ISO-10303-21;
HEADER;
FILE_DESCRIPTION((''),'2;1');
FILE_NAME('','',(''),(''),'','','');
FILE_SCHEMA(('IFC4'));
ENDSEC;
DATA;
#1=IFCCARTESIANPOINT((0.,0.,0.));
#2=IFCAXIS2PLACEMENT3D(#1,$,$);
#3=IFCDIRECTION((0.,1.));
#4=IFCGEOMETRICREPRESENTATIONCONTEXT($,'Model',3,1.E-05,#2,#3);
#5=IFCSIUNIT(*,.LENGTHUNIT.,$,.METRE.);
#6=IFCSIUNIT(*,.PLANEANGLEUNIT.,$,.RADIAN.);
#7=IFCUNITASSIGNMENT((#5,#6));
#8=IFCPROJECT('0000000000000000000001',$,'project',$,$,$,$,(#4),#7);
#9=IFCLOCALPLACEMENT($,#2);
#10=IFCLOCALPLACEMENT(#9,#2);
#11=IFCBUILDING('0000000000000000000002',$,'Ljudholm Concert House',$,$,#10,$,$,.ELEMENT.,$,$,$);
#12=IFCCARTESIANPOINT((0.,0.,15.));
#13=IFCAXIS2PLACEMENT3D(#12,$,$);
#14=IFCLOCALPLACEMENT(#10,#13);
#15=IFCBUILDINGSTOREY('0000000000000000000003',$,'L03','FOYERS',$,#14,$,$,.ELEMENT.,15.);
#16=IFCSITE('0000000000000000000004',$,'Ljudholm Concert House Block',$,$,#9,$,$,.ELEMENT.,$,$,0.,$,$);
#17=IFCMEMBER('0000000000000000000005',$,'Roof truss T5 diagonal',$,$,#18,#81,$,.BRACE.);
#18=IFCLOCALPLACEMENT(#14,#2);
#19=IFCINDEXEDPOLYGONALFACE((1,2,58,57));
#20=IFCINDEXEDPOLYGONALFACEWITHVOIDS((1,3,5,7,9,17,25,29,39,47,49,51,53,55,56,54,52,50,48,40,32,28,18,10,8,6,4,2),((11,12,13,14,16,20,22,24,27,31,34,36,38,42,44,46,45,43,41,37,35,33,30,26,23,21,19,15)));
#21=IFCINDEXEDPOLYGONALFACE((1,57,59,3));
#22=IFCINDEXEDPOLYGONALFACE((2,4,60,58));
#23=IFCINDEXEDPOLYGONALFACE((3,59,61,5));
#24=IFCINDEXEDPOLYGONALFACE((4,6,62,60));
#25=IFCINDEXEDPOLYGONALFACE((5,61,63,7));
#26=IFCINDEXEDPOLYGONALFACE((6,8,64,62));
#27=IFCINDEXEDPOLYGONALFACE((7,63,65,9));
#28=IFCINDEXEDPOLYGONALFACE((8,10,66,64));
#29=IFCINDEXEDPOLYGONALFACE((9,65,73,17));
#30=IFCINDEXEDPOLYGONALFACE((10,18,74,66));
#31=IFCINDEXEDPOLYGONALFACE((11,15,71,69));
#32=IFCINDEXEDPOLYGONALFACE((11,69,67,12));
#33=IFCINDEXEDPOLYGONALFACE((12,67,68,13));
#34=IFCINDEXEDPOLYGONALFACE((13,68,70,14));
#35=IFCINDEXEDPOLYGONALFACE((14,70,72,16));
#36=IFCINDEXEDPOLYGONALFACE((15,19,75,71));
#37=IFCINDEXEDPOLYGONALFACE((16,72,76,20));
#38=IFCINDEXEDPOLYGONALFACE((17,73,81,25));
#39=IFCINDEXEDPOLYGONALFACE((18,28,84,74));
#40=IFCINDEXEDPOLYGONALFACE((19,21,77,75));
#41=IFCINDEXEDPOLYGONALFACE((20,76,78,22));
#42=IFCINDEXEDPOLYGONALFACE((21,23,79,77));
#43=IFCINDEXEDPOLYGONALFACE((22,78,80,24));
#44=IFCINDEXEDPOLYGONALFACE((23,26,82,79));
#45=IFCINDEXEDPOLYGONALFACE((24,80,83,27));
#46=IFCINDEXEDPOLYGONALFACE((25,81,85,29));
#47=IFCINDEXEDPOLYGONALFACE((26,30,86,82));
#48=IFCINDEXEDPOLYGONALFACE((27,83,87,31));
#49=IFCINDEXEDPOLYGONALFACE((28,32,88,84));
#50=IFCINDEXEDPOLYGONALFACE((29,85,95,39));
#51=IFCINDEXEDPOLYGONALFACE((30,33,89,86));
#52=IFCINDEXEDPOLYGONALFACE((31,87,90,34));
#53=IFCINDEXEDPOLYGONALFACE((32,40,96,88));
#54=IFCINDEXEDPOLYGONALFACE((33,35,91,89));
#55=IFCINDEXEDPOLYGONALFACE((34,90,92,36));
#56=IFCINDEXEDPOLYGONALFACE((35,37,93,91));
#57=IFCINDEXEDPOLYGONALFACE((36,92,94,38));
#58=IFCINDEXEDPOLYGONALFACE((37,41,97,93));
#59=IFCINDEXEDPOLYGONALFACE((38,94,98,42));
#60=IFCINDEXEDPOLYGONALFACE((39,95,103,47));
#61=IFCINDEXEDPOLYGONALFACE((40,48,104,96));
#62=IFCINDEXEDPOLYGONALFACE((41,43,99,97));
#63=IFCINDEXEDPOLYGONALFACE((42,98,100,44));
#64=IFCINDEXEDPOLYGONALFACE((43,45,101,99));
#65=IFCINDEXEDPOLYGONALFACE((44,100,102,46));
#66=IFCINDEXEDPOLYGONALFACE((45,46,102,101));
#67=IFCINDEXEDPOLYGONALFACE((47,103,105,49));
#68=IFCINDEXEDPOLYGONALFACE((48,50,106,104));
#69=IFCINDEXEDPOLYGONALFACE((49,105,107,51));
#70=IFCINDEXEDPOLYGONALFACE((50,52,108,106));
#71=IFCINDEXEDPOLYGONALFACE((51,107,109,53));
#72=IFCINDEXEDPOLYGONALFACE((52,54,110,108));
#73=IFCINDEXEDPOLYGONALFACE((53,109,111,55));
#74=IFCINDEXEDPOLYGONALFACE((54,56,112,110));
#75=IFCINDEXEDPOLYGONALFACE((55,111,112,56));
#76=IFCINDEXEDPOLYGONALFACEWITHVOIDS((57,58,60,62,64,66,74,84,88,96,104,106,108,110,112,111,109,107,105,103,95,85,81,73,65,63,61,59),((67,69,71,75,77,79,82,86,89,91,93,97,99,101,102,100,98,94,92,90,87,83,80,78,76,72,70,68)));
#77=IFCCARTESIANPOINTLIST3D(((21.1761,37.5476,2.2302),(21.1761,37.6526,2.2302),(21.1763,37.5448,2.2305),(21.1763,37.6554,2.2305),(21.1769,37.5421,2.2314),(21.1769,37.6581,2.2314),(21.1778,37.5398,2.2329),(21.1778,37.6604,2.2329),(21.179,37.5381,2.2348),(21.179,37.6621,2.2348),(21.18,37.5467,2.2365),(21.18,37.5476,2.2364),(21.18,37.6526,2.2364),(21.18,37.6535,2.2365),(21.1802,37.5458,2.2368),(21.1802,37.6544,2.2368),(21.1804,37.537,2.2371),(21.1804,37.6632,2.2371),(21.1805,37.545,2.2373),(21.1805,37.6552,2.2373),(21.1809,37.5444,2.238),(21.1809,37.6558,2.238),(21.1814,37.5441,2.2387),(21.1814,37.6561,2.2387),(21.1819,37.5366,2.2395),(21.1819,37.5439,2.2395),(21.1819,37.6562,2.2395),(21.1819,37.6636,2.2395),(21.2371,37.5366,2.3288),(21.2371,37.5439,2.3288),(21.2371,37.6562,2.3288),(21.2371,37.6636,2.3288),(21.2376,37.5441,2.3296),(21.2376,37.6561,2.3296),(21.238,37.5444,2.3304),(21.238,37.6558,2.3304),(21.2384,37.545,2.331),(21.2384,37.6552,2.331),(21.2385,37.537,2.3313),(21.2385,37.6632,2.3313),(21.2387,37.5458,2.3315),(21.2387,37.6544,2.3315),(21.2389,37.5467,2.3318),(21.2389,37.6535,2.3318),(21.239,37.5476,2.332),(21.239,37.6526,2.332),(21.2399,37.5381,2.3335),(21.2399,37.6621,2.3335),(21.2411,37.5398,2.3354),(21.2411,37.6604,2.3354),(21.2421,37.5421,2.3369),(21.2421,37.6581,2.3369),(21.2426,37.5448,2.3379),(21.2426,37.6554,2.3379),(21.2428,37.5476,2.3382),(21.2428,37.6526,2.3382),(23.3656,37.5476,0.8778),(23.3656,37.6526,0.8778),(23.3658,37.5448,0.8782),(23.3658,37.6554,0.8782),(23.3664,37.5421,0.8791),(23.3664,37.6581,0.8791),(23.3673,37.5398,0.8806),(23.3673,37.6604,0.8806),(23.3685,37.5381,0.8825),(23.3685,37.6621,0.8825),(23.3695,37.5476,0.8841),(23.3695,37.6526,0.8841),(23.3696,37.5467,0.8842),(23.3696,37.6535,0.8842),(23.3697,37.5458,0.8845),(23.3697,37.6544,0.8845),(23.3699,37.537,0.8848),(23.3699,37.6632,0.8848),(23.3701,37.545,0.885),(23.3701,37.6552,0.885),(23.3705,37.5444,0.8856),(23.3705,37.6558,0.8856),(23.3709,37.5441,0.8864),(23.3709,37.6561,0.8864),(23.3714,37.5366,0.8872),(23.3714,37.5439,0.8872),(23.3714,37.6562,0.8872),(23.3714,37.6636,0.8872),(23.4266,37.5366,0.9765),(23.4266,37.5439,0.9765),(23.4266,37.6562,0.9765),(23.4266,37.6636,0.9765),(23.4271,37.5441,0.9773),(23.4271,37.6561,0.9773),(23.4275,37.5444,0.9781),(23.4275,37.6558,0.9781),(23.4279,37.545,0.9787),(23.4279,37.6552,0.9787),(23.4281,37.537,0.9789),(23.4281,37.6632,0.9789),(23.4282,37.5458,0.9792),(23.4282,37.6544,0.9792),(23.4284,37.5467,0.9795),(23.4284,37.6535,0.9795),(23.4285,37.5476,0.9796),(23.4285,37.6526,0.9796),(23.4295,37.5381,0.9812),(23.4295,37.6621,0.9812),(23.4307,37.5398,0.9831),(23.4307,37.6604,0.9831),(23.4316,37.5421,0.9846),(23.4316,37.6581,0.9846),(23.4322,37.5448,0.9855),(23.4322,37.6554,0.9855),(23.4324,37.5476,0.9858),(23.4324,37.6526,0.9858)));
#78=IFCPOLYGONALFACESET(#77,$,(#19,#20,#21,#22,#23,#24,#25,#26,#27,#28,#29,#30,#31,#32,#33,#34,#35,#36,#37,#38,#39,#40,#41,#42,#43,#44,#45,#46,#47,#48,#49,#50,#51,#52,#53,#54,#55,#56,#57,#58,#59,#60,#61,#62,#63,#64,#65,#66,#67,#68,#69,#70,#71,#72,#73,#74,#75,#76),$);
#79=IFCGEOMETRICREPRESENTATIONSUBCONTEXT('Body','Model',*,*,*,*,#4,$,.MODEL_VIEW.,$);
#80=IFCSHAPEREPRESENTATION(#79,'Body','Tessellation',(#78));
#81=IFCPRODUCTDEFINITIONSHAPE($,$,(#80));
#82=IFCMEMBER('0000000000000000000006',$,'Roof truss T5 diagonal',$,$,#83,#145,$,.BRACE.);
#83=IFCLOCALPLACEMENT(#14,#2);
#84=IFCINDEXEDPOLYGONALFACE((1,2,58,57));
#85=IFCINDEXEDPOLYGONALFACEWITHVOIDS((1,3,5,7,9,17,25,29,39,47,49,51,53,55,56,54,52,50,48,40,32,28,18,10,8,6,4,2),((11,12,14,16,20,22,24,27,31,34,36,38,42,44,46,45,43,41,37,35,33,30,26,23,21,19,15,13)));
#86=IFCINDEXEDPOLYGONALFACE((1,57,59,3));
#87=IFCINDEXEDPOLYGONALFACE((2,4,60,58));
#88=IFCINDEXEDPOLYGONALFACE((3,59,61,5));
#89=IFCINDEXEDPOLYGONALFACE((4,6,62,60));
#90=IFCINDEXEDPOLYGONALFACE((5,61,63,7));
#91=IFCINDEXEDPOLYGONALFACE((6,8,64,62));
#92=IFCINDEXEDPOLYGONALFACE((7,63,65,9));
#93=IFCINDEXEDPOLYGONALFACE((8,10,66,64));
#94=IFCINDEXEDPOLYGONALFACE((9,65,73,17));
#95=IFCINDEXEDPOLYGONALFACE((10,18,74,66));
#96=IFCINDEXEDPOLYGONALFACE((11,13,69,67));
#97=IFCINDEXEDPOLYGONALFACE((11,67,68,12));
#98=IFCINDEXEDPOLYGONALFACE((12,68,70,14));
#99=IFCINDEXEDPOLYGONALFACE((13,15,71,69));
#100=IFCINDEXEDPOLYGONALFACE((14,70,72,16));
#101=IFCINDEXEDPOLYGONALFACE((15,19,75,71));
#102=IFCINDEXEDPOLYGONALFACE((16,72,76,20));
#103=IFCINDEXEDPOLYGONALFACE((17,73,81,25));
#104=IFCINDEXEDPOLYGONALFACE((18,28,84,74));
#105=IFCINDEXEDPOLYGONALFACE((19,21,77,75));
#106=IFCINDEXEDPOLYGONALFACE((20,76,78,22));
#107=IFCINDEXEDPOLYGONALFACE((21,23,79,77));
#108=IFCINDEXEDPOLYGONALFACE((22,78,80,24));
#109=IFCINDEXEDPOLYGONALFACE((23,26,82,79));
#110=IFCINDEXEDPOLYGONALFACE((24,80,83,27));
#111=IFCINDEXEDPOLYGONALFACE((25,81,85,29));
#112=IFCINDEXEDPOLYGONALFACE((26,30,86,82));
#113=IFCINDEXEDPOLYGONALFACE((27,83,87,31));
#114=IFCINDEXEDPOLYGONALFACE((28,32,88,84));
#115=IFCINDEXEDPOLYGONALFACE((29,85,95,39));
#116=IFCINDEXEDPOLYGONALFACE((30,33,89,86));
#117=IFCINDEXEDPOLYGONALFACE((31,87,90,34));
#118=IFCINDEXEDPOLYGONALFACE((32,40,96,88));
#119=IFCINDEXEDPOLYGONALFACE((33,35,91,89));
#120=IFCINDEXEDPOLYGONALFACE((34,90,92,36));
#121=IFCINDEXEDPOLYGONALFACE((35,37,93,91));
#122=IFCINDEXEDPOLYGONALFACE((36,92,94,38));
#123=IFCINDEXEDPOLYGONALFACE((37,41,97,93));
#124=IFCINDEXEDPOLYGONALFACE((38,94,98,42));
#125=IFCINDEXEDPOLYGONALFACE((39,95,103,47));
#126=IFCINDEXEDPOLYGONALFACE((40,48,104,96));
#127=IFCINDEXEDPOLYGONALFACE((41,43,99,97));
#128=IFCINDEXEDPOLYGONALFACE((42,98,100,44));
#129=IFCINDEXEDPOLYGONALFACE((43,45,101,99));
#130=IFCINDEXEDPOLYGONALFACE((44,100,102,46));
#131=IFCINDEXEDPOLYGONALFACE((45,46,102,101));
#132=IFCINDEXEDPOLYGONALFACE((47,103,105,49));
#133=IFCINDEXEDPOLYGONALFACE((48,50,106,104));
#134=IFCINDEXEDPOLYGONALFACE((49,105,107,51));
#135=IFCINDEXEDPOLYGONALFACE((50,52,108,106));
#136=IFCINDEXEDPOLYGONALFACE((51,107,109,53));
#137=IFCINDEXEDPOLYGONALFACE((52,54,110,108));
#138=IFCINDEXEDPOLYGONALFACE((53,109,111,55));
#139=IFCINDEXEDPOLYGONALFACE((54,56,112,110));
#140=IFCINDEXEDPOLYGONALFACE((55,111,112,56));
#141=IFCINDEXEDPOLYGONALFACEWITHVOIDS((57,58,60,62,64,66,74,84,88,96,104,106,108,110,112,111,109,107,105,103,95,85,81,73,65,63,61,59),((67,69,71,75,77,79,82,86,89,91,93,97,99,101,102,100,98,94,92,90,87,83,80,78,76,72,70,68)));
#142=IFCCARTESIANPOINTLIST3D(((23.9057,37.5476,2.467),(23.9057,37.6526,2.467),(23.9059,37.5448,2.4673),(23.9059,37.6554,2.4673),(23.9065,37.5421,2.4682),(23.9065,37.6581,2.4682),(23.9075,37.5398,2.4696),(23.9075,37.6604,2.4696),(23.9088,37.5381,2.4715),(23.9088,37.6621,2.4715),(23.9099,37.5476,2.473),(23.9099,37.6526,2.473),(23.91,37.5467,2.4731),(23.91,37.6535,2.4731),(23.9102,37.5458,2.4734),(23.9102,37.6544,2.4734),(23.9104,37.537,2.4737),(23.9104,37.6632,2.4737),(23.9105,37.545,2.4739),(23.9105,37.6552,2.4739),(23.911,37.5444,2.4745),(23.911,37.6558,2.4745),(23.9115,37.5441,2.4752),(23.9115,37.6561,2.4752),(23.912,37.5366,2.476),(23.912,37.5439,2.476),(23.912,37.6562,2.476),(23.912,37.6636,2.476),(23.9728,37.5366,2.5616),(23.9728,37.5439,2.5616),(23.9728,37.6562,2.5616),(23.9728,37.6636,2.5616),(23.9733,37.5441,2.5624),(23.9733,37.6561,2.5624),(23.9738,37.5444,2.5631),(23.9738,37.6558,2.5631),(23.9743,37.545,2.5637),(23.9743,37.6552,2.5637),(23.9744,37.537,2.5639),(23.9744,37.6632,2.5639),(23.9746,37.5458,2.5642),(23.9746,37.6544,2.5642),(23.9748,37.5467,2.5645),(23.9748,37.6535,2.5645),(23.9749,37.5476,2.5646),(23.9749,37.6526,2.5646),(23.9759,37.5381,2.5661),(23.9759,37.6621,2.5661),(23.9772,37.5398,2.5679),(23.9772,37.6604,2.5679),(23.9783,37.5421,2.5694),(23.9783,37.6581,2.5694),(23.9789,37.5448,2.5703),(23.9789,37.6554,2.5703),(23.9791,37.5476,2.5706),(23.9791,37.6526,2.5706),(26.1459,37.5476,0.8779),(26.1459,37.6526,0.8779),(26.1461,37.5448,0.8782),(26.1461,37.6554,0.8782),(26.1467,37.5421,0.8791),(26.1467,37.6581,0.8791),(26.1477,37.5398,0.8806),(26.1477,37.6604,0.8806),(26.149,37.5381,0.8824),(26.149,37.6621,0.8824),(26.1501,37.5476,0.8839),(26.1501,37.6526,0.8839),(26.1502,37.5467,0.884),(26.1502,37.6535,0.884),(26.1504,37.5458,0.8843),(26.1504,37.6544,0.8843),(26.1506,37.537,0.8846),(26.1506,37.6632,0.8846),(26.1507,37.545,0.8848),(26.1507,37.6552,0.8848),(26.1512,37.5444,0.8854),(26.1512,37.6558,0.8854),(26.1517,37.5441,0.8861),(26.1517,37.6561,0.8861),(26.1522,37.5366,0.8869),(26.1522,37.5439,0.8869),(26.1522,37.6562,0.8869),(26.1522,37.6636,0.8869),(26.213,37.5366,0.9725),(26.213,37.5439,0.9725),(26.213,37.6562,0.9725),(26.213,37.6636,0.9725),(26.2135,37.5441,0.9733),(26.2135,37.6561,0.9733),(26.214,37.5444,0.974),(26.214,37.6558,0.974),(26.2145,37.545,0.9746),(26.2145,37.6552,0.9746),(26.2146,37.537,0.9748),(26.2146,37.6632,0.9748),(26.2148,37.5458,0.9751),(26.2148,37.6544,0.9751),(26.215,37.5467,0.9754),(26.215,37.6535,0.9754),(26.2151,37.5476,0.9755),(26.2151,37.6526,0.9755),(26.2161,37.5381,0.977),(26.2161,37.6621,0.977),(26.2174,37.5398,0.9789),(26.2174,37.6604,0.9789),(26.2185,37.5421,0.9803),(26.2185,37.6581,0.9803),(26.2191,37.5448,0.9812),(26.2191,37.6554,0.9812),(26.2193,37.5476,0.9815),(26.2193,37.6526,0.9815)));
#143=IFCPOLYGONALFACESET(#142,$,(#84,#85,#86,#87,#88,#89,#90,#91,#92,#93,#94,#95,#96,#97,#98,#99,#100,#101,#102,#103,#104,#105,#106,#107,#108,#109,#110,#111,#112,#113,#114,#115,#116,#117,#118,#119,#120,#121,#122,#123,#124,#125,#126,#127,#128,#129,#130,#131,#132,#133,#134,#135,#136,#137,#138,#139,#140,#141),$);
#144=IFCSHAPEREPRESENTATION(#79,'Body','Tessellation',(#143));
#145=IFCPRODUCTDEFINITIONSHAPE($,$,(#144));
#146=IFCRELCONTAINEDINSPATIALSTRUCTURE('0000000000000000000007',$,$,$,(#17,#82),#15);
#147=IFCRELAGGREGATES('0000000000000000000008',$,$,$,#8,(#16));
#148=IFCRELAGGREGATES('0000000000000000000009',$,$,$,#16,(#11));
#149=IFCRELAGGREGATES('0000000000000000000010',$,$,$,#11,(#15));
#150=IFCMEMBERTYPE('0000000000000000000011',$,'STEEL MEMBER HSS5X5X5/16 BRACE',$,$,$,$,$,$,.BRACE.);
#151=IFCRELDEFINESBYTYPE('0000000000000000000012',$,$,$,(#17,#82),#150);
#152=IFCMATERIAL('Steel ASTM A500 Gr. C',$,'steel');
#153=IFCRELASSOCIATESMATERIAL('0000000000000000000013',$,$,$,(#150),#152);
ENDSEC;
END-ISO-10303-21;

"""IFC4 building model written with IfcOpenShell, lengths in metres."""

from ifc_helpers import new_model, si_unit, direction, frame, origin, origin_2d, place, context, subcontext, project, spatial, hollow_rectangle, extrude, material, material_profile, profile_set, type_object, element, save


model = new_model("IFC4")

# Units and contexts
model_context = context("Model", 3, precision=1e-05, world=origin(), true_north=direction((0.0, 1.0)))
body_context = subcontext(model_context, "Body", "Model", "MODEL_VIEW")
ifc_project = project(units=[si_unit("LENGTHUNIT", "METRE"), si_unit("PLANEANGLEUNIT", "RADIAN")], contexts=[model_context])

# Site, building, storey
site_placement = place(None, origin())
site = spatial("IfcSite", under=ifc_project, at=site_placement, Name="Ljudholm Concert House Block", CompositionType="ELEMENT", RefElevation=0.0)
building_placement = place(site_placement, origin())
building = spatial("IfcBuilding", under=site, at=building_placement, Name="Ljudholm Concert House", CompositionType="ELEMENT")
storey_placement = place(building_placement, frame((0.0, 0.0, 15.0)))
storey = spatial("IfcBuildingStorey", under=building, at=storey_placement, Name="L03", Description="FOYERS", CompositionType="ELEMENT", Elevation=15.0)

# Members
ifc_material_1 = material(Name="Steel ASTM A500 Gr. C", Category="steel")
ifc_material_profile_1 = material_profile(ifc_material_1, hollow_rectangle(XDim=0.127, YDim=0.127, WallThickness=0.0073, InnerFilletRadius=0.0037, OuterFilletRadius=0.011, at=origin_2d()), Name="HSS5X5X5/16")
ifc_profile_set_1 = profile_set([ifc_material_profile_1], Name="Steel ASTM A500 Gr. C")
member_type_1 = type_object("IfcMemberType", Name="STEEL MEMBER HSS5X5X5/16 BRACE", PredefinedType="BRACE", material=ifc_profile_set_1)
member_1_placement = place(storey_placement, frame((21.2095, 37.6001, 2.2842), z_axis=(0.8508, 0.0, -0.525489), x_axis=(0.0, 1.0, 0.0)))
element("IfcMember", 1, at=member_1_placement, inside=storey, type_object=member_type_1, Name="Roof truss T5 diagonal", PredefinedType="BRACE", context=body_context, shape_type="SweptSolid", body=[
    extrude(hollow_rectangle(XDim=0.127, YDim=0.127, WallThickness=0.0073, InnerFilletRadius=0.0037, OuterFilletRadius=0.011, at=origin_2d()), origin(), (0.0, 0.0, 1.0), 2.5735),
])
member_2_placement = place(storey_placement, frame((23.9424, 37.6001, 2.5188), z_axis=(0.815633, 0.0, -0.57857), x_axis=(0.0, 1.0, 0.0)))
element("IfcMember", 2, at=member_2_placement, inside=storey, type_object=member_type_1, Name="Roof truss T5 diagonal", PredefinedType="BRACE", context=body_context, shape_type="SweptSolid", body=[
    extrude(hollow_rectangle(XDim=0.127, YDim=0.127, WallThickness=0.0073, InnerFilletRadius=0.0037, OuterFilletRadius=0.011, at=origin_2d()), origin(), (0.0, 0.0, 1.0), 2.7466),
])

save(model, "model.ifc")
